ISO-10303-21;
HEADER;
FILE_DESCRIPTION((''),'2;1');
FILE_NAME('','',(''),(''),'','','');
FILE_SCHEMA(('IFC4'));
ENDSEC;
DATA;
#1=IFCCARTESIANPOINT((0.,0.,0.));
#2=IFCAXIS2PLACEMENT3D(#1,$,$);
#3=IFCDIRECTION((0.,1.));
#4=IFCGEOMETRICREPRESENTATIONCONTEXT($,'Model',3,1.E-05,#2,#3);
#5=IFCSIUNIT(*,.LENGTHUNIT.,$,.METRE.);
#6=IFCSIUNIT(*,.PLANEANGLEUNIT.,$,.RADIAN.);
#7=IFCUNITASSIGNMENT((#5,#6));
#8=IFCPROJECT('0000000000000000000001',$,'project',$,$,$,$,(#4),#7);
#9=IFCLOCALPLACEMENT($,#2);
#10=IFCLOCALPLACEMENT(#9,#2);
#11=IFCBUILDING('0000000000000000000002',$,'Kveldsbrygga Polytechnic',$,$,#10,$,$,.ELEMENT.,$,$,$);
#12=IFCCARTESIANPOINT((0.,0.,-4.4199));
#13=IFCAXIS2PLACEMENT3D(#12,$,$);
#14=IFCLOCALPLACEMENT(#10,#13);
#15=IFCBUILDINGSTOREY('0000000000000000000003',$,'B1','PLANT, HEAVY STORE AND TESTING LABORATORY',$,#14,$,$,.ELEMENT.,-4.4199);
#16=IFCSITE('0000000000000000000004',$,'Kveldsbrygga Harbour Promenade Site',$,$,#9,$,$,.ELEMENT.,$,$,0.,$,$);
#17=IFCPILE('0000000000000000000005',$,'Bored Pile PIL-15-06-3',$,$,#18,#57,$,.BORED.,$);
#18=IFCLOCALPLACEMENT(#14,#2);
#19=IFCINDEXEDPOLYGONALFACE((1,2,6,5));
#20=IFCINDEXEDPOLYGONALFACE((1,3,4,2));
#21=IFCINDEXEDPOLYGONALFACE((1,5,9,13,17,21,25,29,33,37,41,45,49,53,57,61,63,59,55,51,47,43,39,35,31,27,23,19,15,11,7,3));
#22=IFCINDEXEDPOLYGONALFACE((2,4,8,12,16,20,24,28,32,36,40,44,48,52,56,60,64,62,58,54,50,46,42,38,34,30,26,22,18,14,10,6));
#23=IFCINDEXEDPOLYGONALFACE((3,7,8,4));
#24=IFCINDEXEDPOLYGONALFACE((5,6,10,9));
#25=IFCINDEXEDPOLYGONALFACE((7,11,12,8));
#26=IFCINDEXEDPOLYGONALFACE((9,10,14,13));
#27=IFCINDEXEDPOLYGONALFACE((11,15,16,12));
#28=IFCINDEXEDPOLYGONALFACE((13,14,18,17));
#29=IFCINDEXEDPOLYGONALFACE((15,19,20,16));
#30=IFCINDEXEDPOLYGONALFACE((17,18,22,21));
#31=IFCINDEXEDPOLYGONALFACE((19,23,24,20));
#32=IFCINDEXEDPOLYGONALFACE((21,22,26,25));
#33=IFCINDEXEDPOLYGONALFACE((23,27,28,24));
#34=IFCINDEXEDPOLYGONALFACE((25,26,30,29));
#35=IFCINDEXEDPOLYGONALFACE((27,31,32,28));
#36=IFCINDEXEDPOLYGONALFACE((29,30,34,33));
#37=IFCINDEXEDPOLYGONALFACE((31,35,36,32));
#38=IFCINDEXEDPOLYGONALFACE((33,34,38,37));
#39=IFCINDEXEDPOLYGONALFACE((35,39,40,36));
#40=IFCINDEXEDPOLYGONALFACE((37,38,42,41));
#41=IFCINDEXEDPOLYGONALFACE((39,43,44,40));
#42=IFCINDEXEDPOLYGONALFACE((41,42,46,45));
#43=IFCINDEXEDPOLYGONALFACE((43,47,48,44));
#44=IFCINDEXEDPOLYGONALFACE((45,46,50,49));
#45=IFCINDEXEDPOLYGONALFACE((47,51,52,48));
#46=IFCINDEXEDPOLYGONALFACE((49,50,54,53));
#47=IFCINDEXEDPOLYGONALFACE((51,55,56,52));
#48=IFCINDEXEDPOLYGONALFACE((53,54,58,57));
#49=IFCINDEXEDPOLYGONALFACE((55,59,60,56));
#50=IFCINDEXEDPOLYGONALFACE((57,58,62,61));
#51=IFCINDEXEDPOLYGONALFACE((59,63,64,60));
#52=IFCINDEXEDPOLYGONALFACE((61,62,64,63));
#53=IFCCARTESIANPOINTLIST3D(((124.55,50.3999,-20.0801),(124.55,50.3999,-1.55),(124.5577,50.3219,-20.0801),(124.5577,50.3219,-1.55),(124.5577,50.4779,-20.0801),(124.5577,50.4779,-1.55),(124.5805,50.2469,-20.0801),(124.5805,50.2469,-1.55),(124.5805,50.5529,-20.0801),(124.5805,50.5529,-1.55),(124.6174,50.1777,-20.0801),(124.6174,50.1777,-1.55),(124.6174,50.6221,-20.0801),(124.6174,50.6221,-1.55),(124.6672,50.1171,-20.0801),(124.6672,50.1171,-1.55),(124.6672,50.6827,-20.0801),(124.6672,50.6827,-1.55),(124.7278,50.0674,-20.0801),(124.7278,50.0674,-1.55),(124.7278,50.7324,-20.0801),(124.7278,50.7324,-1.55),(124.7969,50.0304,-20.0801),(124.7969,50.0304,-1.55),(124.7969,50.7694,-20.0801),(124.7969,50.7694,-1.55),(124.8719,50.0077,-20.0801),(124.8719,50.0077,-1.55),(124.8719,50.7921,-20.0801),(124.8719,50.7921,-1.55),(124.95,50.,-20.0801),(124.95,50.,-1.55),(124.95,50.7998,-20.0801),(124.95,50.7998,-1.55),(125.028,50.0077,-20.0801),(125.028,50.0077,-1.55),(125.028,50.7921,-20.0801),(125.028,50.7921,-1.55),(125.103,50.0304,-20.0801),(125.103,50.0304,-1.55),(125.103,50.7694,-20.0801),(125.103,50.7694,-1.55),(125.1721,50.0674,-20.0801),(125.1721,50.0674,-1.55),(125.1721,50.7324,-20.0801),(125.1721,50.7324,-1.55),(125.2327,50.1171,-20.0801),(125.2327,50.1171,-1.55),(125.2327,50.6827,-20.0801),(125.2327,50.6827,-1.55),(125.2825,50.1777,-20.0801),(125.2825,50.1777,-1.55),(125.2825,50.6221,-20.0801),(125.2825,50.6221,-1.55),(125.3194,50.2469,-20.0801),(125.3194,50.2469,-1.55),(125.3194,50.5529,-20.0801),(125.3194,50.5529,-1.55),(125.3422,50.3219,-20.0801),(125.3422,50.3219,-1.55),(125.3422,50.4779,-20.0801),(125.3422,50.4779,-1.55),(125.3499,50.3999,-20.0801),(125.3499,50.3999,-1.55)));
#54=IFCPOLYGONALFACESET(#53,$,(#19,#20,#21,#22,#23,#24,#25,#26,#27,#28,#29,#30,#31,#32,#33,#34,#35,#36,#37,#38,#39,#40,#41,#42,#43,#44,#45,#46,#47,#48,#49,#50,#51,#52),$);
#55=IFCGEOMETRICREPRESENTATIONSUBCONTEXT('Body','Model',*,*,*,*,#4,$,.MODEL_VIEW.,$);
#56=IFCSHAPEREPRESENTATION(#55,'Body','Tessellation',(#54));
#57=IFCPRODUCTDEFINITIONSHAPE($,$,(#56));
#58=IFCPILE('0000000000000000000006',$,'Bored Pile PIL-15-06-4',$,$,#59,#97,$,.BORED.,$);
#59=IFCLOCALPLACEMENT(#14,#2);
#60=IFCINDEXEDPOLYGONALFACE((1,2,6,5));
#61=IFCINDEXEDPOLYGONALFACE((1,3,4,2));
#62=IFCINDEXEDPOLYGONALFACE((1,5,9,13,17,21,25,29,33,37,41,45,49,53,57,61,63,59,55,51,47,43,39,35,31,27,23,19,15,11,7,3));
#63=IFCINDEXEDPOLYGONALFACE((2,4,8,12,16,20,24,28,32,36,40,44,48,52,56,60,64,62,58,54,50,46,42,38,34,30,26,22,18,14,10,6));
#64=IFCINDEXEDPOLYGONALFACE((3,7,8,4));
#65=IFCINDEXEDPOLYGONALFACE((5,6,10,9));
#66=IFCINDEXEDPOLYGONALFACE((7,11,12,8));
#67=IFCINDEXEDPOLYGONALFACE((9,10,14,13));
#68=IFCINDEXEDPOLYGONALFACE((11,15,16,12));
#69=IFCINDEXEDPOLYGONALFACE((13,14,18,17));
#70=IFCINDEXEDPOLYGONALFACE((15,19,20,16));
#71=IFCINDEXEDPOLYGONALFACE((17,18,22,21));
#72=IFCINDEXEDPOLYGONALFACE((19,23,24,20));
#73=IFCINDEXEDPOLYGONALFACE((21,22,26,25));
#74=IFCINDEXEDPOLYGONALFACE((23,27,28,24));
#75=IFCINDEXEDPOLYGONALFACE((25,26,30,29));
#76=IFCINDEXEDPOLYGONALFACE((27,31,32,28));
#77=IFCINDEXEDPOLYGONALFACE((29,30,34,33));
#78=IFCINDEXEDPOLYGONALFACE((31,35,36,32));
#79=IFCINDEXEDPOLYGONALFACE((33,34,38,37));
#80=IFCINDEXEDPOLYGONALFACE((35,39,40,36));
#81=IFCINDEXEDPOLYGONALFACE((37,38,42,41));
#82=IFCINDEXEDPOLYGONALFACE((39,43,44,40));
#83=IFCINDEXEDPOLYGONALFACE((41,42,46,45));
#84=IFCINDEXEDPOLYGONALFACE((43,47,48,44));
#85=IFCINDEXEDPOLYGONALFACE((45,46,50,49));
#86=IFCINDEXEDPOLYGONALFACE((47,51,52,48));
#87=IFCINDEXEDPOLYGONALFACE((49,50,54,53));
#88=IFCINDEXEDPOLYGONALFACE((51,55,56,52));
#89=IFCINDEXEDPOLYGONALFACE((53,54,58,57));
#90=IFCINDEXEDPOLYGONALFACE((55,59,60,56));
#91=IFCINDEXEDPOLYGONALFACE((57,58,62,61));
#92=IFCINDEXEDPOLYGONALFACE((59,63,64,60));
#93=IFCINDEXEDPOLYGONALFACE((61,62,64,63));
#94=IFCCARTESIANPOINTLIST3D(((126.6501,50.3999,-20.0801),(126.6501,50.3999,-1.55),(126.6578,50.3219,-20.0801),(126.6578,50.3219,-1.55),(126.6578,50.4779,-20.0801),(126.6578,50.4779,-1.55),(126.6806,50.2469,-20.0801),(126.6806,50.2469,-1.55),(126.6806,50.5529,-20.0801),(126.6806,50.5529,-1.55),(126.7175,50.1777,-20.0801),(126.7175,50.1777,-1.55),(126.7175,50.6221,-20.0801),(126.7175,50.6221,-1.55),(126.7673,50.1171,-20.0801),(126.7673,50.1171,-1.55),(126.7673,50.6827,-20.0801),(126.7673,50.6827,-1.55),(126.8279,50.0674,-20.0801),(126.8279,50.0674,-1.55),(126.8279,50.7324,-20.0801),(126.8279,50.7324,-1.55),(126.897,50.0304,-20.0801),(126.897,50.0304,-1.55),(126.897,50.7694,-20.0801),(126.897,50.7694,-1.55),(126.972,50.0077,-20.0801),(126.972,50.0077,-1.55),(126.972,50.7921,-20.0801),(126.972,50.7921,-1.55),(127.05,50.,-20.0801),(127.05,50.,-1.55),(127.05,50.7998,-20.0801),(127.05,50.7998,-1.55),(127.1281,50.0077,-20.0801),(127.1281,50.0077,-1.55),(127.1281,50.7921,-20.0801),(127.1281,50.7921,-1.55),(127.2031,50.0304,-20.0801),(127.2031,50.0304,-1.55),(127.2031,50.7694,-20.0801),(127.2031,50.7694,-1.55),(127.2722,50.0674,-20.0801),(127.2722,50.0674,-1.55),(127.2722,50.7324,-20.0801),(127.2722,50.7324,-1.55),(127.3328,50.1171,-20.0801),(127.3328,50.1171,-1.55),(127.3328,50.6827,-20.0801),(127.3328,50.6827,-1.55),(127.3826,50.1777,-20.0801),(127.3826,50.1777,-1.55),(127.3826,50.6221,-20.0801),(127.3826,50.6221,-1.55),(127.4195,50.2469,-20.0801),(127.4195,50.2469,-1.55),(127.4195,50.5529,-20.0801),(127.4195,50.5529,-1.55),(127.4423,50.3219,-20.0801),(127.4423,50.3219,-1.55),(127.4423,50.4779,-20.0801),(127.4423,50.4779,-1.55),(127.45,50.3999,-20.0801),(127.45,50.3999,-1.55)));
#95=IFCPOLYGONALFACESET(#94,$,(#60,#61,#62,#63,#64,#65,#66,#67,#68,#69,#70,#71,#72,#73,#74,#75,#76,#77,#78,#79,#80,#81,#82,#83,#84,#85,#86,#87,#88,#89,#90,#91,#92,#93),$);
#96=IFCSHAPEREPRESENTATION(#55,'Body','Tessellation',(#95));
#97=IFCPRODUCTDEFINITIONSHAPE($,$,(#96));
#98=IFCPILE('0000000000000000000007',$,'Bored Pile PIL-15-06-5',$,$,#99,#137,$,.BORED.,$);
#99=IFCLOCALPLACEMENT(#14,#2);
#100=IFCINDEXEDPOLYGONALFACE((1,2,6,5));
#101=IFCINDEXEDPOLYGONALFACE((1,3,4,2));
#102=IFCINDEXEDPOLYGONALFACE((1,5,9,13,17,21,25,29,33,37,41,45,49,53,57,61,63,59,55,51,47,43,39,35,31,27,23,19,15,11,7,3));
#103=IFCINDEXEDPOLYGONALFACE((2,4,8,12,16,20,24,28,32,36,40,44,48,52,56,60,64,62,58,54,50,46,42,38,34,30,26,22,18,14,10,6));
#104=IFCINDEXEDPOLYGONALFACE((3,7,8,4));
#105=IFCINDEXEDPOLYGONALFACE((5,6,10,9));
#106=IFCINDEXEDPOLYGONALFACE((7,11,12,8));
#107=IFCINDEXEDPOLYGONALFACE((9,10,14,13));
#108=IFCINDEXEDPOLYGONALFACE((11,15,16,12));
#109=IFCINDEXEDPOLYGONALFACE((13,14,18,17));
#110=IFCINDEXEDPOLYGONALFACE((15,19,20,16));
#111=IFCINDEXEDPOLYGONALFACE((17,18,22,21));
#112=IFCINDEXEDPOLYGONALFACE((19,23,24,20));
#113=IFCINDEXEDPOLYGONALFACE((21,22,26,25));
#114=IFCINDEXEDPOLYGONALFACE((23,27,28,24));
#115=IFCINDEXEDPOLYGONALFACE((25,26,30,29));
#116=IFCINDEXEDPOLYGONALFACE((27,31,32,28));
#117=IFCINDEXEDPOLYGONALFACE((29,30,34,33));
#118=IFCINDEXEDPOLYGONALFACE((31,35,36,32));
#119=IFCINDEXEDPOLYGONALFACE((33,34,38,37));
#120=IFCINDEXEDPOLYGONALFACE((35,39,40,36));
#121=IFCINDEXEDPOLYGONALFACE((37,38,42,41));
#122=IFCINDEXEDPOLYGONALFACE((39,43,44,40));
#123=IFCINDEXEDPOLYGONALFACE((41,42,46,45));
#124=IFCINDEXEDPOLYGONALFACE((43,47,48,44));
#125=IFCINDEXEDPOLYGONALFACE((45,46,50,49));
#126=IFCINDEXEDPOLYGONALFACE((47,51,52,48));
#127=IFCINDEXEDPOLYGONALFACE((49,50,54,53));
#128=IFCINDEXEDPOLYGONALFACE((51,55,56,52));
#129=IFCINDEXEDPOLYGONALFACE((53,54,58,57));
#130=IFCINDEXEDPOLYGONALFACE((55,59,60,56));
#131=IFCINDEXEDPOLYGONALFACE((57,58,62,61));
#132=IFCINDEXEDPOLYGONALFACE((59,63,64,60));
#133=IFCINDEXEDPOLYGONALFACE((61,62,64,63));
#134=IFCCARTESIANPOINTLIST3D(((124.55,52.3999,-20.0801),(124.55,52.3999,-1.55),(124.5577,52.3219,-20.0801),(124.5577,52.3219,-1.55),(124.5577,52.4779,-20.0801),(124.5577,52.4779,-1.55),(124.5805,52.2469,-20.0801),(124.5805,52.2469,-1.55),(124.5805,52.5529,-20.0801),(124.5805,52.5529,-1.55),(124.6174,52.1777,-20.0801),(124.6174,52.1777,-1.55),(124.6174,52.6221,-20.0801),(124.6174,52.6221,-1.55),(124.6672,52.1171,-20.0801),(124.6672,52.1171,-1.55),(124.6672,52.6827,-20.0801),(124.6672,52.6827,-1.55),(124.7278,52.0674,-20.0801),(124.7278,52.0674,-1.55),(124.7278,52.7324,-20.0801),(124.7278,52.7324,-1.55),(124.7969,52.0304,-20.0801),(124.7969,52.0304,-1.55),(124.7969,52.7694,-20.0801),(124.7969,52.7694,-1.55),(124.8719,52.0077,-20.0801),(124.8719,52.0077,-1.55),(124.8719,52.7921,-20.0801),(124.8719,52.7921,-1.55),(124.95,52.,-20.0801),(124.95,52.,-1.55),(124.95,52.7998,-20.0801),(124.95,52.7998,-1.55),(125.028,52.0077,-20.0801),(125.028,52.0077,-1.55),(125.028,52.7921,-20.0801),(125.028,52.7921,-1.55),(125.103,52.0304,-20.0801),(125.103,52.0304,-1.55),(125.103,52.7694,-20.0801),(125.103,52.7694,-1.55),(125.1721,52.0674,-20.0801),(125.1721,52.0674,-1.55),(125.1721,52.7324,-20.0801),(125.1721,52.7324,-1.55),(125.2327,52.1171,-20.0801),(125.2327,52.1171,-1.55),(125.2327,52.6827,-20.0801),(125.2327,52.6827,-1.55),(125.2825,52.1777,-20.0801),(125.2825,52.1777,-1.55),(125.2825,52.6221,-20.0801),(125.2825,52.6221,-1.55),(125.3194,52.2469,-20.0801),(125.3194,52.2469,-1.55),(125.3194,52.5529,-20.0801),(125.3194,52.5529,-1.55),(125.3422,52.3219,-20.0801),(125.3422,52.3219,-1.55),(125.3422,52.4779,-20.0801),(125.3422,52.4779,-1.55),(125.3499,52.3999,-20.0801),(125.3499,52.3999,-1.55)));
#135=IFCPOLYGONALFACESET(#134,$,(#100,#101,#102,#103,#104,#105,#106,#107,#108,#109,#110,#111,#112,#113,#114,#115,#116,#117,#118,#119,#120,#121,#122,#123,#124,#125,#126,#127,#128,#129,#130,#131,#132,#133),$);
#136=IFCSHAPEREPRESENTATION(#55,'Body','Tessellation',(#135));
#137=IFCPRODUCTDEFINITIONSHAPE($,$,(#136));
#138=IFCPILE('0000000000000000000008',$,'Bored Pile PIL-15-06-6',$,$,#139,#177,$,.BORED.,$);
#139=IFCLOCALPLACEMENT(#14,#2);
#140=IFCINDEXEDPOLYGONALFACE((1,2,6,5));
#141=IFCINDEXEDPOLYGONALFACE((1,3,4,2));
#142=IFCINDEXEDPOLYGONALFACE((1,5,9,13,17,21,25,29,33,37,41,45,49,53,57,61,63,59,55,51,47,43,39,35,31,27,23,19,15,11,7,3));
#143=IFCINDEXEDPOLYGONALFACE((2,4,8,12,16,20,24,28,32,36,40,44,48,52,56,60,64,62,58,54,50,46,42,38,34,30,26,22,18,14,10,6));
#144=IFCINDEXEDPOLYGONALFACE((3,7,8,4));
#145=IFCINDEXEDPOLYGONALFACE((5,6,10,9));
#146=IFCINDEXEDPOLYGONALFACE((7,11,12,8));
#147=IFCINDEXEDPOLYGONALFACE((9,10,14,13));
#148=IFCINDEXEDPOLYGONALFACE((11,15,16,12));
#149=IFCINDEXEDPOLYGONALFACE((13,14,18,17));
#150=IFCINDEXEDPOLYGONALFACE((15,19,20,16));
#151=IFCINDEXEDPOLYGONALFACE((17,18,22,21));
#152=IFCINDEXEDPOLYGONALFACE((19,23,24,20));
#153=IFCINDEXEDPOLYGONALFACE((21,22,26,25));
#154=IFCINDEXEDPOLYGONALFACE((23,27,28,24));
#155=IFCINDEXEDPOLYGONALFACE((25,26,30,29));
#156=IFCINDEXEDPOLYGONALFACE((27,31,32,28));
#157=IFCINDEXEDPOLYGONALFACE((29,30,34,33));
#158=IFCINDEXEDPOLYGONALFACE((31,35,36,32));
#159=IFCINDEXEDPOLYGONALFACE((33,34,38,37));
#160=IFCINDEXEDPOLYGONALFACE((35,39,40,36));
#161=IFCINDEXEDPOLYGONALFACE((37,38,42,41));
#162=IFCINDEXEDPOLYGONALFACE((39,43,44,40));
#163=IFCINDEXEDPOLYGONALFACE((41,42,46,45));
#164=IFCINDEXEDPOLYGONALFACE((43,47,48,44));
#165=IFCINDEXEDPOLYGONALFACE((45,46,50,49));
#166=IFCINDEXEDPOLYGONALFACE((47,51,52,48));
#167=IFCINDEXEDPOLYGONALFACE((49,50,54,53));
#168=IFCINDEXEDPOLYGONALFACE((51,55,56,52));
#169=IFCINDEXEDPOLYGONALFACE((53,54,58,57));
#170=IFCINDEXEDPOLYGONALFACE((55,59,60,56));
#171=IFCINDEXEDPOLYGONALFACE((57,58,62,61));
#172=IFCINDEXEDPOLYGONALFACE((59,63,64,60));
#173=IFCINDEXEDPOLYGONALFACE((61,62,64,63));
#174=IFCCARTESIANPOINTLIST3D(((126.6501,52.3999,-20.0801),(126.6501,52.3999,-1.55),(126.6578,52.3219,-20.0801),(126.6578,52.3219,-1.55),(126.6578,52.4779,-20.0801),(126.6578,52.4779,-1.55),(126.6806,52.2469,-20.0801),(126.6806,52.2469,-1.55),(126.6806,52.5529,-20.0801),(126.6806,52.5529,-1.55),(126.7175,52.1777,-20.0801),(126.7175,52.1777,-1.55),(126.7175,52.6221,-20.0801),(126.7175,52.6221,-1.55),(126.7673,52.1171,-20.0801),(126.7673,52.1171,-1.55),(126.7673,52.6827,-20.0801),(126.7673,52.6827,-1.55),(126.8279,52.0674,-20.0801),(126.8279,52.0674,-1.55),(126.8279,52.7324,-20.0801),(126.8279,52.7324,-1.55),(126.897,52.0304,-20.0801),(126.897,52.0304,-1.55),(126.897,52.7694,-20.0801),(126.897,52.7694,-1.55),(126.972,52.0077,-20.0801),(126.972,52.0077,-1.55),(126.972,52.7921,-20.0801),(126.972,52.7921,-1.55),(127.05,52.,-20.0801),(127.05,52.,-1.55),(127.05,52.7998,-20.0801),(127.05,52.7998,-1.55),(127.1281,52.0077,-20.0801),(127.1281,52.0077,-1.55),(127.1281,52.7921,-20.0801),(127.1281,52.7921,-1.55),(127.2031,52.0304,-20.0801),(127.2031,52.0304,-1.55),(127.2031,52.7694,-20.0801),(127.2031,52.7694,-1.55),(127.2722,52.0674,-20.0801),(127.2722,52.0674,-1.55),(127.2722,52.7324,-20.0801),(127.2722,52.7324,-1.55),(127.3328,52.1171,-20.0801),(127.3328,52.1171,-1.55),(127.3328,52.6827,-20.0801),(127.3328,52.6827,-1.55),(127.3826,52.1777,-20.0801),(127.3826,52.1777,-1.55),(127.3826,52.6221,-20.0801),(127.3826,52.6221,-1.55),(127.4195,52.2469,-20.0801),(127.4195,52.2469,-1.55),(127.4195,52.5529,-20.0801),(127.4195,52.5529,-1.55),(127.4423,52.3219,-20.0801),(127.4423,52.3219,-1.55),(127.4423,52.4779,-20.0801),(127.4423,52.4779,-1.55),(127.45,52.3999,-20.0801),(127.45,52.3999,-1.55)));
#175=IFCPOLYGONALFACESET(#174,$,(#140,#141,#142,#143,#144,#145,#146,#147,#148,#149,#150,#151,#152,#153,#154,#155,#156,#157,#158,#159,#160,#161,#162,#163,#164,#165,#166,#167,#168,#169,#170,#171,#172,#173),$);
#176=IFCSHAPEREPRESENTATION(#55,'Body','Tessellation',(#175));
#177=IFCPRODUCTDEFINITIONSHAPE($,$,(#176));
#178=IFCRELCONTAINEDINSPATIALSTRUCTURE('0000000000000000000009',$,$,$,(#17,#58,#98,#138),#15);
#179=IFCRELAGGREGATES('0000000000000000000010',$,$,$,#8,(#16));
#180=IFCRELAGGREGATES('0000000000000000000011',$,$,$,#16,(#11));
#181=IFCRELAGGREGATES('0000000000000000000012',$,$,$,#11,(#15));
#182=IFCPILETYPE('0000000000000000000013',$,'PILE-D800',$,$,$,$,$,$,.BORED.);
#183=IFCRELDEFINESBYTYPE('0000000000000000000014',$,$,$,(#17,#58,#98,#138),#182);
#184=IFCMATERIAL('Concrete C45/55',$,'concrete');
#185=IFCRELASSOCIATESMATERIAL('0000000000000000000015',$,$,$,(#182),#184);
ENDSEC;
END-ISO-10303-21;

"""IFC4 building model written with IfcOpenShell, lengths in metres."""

from ifc_helpers import new_model, si_unit, direction, frame, origin, origin_2d, place, context, subcontext, project, spatial, circle, extrude, material, material_profile, profile_set, type_object, element, save


model = new_model("IFC4")

# Units and contexts
model_context = context("Model", 3, precision=1e-05, world=origin(), true_north=direction((0.0, 1.0)))
body_context = subcontext(model_context, "Body", "Model", "MODEL_VIEW")
ifc_project = project(units=[si_unit("LENGTHUNIT", "METRE"), si_unit("PLANEANGLEUNIT", "RADIAN")], contexts=[model_context])

# Site, building, storey
site_placement = place(None, origin())
site = spatial("IfcSite", under=ifc_project, at=site_placement, Name="Kveldsbrygga Harbour Promenade Site", CompositionType="ELEMENT", RefElevation=0.0)
building_placement = place(site_placement, origin())
building = spatial("IfcBuilding", under=site, at=building_placement, Name="Kveldsbrygga Polytechnic", CompositionType="ELEMENT")
storey_placement = place(building_placement, frame((0.0, 0.0, -4.4199)))
storey = spatial("IfcBuildingStorey", under=building, at=storey_placement, Name="B1", Description="PLANT, HEAVY STORE AND TESTING LABORATORY", CompositionType="ELEMENT", Elevation=-4.4199)

# Shared definitions
ifc_material_1 = material(Name="Concrete C45/55", Category="concrete")

# Piles
ifc_material_profile_1 = material_profile(ifc_material_1, circle(Radius=0.3999, at=origin_2d()), Name="PILE D800")
ifc_profile_set_1 = profile_set([ifc_material_profile_1], Name="Concrete C45/55")
pile_type = type_object("IfcPileType", Name="PILE-D800", PredefinedType="BORED", material=ifc_profile_set_1)
for number, where, z_axis, x_axis, name in (
    (1, (124.95, 50.3999, -1.55), (0.0, 0.0, -1.0), (1.0, 0.0, 0.0), "Bored Pile PIL-15-06-3"),
    (2, (127.05, 50.3999, -1.55), (0.0, 0.0, -1.0), (1.0, 0.0, 0.0), "Bored Pile PIL-15-06-4"),
    (3, (124.95, 52.3999, -1.55), (0.0, 0.0, -1.0), (1.0, 0.0, 0.0), "Bored Pile PIL-15-06-5"),
    (4, (127.05, 52.3999, -1.55), (0.0, 0.0, -1.0), (1.0, 0.0, 0.0), "Bored Pile PIL-15-06-6"),
):
    element("IfcPile", number, at=place(storey_placement, frame(where, z_axis=z_axis, x_axis=x_axis)), inside=storey, type_object=pile_type, Name=name, PredefinedType="BORED", context=body_context, shape_type="SweptSolid", body=[
        extrude(circle(Radius=0.3999, at=origin_2d()), origin(), (0.0, 0.0, 1.0), 18.53),
    ])

save(model, "model.ifc")
